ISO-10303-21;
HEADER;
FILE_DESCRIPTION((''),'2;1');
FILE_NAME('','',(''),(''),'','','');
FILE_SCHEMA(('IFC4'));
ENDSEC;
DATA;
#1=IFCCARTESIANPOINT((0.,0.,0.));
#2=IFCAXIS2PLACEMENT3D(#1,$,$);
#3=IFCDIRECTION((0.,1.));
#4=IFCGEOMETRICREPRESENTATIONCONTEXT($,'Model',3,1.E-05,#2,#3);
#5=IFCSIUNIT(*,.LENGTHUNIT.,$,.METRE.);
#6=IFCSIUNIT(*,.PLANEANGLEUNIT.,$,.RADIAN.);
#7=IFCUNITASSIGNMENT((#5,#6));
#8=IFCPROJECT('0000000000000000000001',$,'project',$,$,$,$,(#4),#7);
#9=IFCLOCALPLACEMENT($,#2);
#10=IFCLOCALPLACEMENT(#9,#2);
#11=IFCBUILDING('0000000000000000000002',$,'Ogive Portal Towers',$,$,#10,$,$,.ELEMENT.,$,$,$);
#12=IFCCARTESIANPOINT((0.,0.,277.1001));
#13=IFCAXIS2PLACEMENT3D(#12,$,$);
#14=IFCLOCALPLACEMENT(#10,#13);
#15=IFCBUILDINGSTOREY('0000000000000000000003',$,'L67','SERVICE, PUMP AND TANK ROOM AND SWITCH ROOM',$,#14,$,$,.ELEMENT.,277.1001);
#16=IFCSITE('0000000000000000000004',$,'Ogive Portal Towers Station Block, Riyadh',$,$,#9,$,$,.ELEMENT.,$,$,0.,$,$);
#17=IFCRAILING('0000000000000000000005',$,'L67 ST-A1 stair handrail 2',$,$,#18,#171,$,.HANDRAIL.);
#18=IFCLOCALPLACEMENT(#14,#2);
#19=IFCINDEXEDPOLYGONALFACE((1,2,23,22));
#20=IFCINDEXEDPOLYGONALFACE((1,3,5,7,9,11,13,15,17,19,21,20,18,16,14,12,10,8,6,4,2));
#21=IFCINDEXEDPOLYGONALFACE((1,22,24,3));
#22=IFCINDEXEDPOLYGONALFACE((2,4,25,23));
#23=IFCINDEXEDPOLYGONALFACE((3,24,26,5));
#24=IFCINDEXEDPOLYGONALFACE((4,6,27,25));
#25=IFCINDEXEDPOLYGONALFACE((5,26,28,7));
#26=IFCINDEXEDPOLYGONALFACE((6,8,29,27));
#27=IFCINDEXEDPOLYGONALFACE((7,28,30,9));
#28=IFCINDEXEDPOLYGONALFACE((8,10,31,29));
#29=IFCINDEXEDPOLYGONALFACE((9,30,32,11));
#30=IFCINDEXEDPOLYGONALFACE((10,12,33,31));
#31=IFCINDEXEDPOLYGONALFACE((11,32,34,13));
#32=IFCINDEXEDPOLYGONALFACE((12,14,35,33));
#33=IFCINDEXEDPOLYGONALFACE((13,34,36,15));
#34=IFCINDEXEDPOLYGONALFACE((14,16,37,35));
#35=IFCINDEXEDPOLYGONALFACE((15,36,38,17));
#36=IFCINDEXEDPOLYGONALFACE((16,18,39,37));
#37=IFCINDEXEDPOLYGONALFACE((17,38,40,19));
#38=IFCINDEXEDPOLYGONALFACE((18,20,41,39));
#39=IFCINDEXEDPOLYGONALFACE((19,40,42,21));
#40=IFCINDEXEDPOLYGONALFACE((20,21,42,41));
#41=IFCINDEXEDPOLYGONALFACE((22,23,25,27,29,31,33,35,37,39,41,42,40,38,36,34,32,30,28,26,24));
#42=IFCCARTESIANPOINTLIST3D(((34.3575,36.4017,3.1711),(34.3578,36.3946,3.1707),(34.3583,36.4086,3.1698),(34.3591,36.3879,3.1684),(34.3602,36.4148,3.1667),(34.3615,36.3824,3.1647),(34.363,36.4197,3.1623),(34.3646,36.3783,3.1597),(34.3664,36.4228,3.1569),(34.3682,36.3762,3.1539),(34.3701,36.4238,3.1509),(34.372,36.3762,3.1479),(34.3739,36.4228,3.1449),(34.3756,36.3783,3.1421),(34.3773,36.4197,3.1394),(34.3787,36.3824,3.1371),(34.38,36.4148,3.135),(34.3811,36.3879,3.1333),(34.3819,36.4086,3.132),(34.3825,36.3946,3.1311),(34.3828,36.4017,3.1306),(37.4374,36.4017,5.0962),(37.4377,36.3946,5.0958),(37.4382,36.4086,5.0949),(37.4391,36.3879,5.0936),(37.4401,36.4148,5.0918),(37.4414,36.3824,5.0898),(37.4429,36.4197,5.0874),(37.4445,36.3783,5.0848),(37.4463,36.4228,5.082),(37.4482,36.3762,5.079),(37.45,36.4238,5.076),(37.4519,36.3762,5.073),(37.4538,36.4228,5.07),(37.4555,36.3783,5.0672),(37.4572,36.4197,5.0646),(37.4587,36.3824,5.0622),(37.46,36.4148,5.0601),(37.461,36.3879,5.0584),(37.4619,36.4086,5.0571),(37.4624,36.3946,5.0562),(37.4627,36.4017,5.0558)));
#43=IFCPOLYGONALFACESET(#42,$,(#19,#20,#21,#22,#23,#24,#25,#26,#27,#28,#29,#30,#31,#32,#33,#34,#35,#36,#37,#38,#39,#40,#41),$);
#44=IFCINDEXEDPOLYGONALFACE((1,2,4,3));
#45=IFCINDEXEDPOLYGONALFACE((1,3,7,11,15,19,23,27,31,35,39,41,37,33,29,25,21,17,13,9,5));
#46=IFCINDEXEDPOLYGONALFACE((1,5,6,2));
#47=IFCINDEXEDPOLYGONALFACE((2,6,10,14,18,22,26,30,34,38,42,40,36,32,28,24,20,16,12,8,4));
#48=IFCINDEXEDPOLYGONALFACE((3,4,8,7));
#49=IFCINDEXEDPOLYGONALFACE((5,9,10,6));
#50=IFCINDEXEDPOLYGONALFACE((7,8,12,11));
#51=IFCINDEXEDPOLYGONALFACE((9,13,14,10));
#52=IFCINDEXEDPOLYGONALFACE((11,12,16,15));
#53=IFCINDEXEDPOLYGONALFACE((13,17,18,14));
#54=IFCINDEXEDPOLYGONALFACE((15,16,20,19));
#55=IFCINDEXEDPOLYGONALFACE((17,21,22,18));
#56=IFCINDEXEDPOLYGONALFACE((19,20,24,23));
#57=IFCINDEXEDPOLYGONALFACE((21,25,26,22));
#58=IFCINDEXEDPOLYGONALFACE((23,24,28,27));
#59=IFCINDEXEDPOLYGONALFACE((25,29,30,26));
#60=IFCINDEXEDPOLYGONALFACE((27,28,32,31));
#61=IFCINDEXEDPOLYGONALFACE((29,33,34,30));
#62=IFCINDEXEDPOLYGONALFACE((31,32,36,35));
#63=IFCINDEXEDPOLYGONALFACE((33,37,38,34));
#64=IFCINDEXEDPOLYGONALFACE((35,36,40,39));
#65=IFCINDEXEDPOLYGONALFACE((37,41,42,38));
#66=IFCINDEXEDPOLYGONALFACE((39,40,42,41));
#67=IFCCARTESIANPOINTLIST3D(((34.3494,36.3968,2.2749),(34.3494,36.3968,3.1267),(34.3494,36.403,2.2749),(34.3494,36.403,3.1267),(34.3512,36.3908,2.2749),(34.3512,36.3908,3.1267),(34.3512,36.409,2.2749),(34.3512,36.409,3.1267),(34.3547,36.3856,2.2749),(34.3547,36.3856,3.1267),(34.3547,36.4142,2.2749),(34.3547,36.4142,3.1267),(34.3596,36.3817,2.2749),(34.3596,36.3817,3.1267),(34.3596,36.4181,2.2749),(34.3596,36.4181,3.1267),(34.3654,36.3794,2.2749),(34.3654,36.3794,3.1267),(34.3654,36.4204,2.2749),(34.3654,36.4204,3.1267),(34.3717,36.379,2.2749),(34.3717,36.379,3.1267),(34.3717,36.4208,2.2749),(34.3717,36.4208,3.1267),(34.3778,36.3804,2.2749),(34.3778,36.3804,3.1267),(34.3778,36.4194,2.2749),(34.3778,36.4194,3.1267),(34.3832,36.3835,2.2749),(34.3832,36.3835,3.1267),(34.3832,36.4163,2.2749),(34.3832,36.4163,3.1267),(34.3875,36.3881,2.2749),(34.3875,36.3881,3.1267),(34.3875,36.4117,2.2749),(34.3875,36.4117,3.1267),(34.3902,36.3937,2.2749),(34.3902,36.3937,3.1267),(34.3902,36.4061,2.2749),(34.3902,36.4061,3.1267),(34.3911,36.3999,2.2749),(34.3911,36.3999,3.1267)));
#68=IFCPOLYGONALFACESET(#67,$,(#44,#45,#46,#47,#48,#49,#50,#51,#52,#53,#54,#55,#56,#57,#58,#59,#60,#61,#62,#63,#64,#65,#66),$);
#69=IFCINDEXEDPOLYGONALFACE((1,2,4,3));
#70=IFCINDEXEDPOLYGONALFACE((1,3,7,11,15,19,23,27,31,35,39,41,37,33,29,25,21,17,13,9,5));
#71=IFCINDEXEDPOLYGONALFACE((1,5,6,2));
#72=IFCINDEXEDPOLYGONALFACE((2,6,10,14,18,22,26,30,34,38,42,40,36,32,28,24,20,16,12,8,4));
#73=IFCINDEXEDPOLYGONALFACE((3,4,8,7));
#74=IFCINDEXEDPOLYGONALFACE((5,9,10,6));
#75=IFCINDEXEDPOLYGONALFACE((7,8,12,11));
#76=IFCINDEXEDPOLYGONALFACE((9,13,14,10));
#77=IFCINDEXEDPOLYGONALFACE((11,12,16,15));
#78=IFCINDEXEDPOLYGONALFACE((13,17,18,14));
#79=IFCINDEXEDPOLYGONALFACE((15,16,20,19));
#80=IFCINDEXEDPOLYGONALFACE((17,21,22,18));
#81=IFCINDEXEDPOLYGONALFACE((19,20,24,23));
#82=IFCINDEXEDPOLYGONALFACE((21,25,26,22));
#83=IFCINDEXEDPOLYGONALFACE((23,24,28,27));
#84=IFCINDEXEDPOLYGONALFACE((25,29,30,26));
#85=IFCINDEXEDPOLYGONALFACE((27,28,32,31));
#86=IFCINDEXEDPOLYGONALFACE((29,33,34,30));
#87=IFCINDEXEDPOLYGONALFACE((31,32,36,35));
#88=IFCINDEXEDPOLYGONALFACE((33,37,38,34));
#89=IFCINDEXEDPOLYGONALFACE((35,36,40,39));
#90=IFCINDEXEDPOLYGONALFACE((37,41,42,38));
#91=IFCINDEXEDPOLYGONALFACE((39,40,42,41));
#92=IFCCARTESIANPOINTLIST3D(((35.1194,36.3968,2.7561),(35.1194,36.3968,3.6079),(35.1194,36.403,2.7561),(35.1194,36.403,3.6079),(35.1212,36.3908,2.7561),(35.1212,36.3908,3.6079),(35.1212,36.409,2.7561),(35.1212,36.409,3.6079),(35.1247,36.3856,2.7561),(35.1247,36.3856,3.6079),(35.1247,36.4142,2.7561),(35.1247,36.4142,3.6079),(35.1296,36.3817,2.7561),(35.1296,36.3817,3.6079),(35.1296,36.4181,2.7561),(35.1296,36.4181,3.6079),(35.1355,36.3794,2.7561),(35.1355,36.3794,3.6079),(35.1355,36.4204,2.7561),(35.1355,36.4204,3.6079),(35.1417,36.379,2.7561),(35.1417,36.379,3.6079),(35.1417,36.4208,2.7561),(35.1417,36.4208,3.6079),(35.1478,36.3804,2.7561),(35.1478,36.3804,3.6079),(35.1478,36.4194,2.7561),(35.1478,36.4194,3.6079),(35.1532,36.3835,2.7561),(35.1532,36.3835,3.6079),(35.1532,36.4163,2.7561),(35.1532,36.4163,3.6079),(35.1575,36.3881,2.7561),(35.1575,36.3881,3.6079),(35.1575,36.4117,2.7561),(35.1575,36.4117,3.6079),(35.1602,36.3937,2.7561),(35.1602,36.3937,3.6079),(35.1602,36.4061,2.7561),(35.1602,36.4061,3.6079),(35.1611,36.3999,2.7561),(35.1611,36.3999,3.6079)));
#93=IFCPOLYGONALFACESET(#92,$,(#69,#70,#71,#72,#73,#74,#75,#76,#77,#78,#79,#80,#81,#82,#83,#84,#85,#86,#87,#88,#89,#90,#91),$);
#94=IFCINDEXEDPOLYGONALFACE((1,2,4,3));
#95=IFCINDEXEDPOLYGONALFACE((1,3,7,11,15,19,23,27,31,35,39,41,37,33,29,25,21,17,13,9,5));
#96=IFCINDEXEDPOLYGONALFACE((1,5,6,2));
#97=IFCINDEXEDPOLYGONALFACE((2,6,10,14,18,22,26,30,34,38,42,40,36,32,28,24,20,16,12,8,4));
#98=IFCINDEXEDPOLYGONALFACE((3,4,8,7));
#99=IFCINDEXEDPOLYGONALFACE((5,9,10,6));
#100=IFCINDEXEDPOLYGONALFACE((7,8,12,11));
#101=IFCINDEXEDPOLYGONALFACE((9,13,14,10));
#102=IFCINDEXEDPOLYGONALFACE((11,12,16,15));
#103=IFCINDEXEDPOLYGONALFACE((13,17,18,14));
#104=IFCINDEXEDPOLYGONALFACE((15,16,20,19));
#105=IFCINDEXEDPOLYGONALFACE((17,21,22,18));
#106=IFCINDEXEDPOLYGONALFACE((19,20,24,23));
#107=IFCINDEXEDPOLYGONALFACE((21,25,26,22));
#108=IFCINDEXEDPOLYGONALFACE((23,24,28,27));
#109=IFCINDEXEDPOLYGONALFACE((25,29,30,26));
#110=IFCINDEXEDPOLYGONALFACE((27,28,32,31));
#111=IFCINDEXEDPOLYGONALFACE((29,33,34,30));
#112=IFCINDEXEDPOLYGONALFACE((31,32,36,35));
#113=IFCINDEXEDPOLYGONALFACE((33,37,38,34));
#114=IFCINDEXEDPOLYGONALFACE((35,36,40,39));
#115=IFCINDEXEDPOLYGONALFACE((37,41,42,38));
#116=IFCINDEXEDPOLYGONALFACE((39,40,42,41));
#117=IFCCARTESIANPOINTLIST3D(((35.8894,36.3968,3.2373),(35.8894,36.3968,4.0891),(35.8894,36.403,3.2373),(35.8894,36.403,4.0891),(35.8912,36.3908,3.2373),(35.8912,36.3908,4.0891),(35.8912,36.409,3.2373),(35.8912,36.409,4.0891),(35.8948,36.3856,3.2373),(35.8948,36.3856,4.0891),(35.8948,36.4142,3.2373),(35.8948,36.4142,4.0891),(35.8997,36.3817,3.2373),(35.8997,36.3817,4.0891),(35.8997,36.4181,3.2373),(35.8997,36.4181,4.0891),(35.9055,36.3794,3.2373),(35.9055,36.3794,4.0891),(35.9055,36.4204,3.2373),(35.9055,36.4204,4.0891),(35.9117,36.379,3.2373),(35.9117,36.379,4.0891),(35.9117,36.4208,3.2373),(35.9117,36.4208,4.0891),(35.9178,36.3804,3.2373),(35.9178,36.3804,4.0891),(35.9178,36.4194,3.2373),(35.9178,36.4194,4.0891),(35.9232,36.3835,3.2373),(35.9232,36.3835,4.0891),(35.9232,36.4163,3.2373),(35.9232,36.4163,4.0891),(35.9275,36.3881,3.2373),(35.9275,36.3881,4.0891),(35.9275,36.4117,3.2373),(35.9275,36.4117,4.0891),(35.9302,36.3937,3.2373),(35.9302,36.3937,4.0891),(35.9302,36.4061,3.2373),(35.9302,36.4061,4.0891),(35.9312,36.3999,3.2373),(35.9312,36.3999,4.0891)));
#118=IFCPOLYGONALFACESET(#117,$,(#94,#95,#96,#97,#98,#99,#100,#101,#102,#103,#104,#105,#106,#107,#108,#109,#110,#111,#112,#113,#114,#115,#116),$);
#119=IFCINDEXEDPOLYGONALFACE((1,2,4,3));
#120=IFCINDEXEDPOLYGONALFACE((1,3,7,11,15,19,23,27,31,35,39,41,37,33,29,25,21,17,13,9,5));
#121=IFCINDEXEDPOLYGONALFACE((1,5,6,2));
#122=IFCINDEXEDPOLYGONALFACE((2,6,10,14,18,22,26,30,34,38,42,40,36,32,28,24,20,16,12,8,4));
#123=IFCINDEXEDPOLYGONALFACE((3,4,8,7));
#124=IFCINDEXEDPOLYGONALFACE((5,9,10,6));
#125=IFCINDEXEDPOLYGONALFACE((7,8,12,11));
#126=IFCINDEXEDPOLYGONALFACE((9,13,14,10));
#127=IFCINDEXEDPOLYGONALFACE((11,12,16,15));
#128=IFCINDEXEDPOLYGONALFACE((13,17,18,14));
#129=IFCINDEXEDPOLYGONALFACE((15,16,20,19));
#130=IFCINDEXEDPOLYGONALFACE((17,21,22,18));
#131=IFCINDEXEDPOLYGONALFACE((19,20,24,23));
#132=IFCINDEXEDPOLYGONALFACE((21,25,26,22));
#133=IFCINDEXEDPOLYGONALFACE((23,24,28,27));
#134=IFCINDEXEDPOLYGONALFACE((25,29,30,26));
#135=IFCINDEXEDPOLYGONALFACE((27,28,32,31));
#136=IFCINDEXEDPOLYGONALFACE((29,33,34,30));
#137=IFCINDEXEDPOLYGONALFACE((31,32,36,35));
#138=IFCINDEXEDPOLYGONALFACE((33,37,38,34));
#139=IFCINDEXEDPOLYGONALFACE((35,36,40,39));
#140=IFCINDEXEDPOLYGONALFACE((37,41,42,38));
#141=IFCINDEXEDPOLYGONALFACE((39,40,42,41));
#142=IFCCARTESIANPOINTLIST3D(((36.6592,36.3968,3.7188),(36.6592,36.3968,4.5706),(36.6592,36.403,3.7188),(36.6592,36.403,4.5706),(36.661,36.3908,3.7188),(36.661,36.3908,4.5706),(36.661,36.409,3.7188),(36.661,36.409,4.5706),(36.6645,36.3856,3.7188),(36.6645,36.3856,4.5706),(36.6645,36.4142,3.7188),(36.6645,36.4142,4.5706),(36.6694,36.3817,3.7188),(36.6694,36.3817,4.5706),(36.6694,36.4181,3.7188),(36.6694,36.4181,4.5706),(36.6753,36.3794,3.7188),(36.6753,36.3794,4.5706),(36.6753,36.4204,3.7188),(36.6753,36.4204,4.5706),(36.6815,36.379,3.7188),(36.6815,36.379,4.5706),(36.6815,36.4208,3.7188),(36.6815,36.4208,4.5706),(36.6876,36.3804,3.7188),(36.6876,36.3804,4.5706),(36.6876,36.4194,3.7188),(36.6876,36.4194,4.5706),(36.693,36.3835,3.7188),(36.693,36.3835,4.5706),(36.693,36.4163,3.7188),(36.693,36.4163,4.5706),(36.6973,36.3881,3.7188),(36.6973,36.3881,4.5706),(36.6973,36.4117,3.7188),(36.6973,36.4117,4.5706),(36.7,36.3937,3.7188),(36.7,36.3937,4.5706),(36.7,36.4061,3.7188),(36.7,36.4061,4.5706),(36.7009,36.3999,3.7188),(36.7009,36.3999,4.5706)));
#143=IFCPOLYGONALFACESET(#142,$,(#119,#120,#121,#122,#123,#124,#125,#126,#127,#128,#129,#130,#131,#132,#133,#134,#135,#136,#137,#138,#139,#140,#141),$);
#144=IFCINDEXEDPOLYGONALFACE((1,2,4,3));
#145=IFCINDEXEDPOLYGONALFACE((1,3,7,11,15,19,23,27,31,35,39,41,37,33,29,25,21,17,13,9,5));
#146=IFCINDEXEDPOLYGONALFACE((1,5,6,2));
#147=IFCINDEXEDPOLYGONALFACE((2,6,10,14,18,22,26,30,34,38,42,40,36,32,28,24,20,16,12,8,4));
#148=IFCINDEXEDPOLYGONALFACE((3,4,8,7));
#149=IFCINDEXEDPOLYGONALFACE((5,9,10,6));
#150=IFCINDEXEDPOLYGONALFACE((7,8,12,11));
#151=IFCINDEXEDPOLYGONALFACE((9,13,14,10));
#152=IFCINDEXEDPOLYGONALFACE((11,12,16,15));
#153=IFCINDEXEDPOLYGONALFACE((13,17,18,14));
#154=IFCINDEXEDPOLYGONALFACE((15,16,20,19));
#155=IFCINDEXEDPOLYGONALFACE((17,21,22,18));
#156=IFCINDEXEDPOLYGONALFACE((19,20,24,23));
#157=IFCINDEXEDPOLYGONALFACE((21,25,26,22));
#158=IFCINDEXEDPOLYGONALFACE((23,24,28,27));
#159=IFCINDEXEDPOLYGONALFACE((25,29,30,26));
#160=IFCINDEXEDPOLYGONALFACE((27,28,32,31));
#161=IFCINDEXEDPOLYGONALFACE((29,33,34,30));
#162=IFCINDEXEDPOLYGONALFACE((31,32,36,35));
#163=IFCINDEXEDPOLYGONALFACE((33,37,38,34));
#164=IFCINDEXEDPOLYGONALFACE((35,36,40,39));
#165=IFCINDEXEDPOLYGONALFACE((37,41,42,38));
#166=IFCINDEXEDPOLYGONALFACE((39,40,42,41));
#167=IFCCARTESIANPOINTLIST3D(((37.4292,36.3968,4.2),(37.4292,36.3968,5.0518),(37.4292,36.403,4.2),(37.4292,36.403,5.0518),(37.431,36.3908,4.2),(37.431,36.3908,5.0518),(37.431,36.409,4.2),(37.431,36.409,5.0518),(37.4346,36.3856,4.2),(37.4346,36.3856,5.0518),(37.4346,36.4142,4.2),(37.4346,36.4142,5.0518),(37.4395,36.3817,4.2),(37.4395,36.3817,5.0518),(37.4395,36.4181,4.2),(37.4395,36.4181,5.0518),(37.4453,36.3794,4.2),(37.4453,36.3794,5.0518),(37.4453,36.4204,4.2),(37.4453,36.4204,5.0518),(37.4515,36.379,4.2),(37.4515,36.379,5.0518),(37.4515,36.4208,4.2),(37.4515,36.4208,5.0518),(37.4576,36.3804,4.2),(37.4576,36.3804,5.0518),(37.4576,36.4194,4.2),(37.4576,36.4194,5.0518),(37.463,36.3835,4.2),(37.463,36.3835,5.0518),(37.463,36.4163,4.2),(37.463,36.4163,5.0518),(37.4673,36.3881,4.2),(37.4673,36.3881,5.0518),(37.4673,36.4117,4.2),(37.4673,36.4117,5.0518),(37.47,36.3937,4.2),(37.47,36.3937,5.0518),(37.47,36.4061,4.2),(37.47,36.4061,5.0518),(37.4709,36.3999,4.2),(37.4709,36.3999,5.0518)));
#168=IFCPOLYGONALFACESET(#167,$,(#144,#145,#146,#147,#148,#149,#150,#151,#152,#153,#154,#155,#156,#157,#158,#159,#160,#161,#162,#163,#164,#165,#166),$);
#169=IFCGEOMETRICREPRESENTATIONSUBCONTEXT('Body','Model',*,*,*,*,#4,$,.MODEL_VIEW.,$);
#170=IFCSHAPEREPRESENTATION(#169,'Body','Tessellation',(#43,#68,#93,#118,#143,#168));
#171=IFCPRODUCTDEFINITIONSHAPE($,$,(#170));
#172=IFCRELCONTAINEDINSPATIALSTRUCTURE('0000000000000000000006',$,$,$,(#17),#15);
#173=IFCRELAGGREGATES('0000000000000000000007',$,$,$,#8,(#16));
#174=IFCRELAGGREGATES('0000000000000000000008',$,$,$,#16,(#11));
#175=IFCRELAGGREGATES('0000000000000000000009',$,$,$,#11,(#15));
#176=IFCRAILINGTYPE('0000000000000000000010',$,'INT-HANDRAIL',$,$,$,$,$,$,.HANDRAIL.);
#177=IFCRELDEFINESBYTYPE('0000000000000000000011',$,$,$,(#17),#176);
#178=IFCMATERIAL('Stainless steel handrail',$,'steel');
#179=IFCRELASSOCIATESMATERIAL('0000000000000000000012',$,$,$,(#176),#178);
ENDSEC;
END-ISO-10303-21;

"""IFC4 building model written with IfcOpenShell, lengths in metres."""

from ifc_helpers import new_model, si_unit, direction, frame, origin, origin_2d, place, context, subcontext, project, spatial, circle, extrude, material, type_object, element, save


model = new_model("IFC4")

# Units and contexts
model_context = context("Model", 3, precision=1e-05, world=origin(), true_north=direction((0.0, 1.0)))
body_context = subcontext(model_context, "Body", "Model", "MODEL_VIEW")
ifc_project = project(units=[si_unit("LENGTHUNIT", "METRE"), si_unit("PLANEANGLEUNIT", "RADIAN")], contexts=[model_context])

# Site, building, storey
site_placement = place(None, origin())
site = spatial("IfcSite", under=ifc_project, at=site_placement, Name="Ogive Portal Towers Station Block, Riyadh", CompositionType="ELEMENT", RefElevation=0.0)
building_placement = place(site_placement, origin())
building = spatial("IfcBuilding", under=site, at=building_placement, Name="Ogive Portal Towers", CompositionType="ELEMENT")
storey_placement = place(building_placement, frame((0.0, 0.0, 277.1001)))
storey = spatial("IfcBuildingStorey", under=building, at=storey_placement, Name="L67", Description="SERVICE, PUMP AND TANK ROOM AND SWITCH ROOM", CompositionType="ELEMENT", Elevation=277.1001)

# Railing
ifc_material_1 = material(Name="Stainless steel handrail", Category="steel")
railing_type_1 = type_object("IfcRailingType", Name="INT-HANDRAIL", PredefinedType="HANDRAIL", material=ifc_material_1)
railing_1_placement = place(storey_placement, frame((34.3701, 36.3999, 2.2749)))
element("IfcRailing", 1, at=railing_1_placement, inside=storey, type_object=railing_type_1, Name="L67 ST-A1 stair handrail 2", PredefinedType="HANDRAIL", context=body_context, shape_type="SweptSolid", body=[
    extrude(circle(Radius=0.0239, at=origin_2d()), frame((0.0, 0.0, 0.876), z_axis=(0.847979, 0.0, 0.530029), x_axis=(0.0, 1.0, 0.0)), (0.0, 0.0, 1.0), 3.6321),
    extrude(circle(Radius=0.021, at=origin_2d()), origin(), (0.0, 0.0, 1.0), 0.8518),
    extrude(circle(Radius=0.021, at=origin_2d()), frame((0.77, 0.0, 0.4812)), (0.0, 0.0, 1.0), 0.8518),
    extrude(circle(Radius=0.021, at=origin_2d()), frame((1.54, 0.0, 0.9624)), (0.0, 0.0, 1.0), 0.8518),
    extrude(circle(Radius=0.021, at=origin_2d()), frame((2.3098, 0.0, 1.4438)), (0.0, 0.0, 1.0), 0.8518),
    extrude(circle(Radius=0.021, at=origin_2d()), frame((3.0798, 0.0, 1.925)), (0.0, 0.0, 1.0), 0.8518),
])

save(model, "model.ifc")
